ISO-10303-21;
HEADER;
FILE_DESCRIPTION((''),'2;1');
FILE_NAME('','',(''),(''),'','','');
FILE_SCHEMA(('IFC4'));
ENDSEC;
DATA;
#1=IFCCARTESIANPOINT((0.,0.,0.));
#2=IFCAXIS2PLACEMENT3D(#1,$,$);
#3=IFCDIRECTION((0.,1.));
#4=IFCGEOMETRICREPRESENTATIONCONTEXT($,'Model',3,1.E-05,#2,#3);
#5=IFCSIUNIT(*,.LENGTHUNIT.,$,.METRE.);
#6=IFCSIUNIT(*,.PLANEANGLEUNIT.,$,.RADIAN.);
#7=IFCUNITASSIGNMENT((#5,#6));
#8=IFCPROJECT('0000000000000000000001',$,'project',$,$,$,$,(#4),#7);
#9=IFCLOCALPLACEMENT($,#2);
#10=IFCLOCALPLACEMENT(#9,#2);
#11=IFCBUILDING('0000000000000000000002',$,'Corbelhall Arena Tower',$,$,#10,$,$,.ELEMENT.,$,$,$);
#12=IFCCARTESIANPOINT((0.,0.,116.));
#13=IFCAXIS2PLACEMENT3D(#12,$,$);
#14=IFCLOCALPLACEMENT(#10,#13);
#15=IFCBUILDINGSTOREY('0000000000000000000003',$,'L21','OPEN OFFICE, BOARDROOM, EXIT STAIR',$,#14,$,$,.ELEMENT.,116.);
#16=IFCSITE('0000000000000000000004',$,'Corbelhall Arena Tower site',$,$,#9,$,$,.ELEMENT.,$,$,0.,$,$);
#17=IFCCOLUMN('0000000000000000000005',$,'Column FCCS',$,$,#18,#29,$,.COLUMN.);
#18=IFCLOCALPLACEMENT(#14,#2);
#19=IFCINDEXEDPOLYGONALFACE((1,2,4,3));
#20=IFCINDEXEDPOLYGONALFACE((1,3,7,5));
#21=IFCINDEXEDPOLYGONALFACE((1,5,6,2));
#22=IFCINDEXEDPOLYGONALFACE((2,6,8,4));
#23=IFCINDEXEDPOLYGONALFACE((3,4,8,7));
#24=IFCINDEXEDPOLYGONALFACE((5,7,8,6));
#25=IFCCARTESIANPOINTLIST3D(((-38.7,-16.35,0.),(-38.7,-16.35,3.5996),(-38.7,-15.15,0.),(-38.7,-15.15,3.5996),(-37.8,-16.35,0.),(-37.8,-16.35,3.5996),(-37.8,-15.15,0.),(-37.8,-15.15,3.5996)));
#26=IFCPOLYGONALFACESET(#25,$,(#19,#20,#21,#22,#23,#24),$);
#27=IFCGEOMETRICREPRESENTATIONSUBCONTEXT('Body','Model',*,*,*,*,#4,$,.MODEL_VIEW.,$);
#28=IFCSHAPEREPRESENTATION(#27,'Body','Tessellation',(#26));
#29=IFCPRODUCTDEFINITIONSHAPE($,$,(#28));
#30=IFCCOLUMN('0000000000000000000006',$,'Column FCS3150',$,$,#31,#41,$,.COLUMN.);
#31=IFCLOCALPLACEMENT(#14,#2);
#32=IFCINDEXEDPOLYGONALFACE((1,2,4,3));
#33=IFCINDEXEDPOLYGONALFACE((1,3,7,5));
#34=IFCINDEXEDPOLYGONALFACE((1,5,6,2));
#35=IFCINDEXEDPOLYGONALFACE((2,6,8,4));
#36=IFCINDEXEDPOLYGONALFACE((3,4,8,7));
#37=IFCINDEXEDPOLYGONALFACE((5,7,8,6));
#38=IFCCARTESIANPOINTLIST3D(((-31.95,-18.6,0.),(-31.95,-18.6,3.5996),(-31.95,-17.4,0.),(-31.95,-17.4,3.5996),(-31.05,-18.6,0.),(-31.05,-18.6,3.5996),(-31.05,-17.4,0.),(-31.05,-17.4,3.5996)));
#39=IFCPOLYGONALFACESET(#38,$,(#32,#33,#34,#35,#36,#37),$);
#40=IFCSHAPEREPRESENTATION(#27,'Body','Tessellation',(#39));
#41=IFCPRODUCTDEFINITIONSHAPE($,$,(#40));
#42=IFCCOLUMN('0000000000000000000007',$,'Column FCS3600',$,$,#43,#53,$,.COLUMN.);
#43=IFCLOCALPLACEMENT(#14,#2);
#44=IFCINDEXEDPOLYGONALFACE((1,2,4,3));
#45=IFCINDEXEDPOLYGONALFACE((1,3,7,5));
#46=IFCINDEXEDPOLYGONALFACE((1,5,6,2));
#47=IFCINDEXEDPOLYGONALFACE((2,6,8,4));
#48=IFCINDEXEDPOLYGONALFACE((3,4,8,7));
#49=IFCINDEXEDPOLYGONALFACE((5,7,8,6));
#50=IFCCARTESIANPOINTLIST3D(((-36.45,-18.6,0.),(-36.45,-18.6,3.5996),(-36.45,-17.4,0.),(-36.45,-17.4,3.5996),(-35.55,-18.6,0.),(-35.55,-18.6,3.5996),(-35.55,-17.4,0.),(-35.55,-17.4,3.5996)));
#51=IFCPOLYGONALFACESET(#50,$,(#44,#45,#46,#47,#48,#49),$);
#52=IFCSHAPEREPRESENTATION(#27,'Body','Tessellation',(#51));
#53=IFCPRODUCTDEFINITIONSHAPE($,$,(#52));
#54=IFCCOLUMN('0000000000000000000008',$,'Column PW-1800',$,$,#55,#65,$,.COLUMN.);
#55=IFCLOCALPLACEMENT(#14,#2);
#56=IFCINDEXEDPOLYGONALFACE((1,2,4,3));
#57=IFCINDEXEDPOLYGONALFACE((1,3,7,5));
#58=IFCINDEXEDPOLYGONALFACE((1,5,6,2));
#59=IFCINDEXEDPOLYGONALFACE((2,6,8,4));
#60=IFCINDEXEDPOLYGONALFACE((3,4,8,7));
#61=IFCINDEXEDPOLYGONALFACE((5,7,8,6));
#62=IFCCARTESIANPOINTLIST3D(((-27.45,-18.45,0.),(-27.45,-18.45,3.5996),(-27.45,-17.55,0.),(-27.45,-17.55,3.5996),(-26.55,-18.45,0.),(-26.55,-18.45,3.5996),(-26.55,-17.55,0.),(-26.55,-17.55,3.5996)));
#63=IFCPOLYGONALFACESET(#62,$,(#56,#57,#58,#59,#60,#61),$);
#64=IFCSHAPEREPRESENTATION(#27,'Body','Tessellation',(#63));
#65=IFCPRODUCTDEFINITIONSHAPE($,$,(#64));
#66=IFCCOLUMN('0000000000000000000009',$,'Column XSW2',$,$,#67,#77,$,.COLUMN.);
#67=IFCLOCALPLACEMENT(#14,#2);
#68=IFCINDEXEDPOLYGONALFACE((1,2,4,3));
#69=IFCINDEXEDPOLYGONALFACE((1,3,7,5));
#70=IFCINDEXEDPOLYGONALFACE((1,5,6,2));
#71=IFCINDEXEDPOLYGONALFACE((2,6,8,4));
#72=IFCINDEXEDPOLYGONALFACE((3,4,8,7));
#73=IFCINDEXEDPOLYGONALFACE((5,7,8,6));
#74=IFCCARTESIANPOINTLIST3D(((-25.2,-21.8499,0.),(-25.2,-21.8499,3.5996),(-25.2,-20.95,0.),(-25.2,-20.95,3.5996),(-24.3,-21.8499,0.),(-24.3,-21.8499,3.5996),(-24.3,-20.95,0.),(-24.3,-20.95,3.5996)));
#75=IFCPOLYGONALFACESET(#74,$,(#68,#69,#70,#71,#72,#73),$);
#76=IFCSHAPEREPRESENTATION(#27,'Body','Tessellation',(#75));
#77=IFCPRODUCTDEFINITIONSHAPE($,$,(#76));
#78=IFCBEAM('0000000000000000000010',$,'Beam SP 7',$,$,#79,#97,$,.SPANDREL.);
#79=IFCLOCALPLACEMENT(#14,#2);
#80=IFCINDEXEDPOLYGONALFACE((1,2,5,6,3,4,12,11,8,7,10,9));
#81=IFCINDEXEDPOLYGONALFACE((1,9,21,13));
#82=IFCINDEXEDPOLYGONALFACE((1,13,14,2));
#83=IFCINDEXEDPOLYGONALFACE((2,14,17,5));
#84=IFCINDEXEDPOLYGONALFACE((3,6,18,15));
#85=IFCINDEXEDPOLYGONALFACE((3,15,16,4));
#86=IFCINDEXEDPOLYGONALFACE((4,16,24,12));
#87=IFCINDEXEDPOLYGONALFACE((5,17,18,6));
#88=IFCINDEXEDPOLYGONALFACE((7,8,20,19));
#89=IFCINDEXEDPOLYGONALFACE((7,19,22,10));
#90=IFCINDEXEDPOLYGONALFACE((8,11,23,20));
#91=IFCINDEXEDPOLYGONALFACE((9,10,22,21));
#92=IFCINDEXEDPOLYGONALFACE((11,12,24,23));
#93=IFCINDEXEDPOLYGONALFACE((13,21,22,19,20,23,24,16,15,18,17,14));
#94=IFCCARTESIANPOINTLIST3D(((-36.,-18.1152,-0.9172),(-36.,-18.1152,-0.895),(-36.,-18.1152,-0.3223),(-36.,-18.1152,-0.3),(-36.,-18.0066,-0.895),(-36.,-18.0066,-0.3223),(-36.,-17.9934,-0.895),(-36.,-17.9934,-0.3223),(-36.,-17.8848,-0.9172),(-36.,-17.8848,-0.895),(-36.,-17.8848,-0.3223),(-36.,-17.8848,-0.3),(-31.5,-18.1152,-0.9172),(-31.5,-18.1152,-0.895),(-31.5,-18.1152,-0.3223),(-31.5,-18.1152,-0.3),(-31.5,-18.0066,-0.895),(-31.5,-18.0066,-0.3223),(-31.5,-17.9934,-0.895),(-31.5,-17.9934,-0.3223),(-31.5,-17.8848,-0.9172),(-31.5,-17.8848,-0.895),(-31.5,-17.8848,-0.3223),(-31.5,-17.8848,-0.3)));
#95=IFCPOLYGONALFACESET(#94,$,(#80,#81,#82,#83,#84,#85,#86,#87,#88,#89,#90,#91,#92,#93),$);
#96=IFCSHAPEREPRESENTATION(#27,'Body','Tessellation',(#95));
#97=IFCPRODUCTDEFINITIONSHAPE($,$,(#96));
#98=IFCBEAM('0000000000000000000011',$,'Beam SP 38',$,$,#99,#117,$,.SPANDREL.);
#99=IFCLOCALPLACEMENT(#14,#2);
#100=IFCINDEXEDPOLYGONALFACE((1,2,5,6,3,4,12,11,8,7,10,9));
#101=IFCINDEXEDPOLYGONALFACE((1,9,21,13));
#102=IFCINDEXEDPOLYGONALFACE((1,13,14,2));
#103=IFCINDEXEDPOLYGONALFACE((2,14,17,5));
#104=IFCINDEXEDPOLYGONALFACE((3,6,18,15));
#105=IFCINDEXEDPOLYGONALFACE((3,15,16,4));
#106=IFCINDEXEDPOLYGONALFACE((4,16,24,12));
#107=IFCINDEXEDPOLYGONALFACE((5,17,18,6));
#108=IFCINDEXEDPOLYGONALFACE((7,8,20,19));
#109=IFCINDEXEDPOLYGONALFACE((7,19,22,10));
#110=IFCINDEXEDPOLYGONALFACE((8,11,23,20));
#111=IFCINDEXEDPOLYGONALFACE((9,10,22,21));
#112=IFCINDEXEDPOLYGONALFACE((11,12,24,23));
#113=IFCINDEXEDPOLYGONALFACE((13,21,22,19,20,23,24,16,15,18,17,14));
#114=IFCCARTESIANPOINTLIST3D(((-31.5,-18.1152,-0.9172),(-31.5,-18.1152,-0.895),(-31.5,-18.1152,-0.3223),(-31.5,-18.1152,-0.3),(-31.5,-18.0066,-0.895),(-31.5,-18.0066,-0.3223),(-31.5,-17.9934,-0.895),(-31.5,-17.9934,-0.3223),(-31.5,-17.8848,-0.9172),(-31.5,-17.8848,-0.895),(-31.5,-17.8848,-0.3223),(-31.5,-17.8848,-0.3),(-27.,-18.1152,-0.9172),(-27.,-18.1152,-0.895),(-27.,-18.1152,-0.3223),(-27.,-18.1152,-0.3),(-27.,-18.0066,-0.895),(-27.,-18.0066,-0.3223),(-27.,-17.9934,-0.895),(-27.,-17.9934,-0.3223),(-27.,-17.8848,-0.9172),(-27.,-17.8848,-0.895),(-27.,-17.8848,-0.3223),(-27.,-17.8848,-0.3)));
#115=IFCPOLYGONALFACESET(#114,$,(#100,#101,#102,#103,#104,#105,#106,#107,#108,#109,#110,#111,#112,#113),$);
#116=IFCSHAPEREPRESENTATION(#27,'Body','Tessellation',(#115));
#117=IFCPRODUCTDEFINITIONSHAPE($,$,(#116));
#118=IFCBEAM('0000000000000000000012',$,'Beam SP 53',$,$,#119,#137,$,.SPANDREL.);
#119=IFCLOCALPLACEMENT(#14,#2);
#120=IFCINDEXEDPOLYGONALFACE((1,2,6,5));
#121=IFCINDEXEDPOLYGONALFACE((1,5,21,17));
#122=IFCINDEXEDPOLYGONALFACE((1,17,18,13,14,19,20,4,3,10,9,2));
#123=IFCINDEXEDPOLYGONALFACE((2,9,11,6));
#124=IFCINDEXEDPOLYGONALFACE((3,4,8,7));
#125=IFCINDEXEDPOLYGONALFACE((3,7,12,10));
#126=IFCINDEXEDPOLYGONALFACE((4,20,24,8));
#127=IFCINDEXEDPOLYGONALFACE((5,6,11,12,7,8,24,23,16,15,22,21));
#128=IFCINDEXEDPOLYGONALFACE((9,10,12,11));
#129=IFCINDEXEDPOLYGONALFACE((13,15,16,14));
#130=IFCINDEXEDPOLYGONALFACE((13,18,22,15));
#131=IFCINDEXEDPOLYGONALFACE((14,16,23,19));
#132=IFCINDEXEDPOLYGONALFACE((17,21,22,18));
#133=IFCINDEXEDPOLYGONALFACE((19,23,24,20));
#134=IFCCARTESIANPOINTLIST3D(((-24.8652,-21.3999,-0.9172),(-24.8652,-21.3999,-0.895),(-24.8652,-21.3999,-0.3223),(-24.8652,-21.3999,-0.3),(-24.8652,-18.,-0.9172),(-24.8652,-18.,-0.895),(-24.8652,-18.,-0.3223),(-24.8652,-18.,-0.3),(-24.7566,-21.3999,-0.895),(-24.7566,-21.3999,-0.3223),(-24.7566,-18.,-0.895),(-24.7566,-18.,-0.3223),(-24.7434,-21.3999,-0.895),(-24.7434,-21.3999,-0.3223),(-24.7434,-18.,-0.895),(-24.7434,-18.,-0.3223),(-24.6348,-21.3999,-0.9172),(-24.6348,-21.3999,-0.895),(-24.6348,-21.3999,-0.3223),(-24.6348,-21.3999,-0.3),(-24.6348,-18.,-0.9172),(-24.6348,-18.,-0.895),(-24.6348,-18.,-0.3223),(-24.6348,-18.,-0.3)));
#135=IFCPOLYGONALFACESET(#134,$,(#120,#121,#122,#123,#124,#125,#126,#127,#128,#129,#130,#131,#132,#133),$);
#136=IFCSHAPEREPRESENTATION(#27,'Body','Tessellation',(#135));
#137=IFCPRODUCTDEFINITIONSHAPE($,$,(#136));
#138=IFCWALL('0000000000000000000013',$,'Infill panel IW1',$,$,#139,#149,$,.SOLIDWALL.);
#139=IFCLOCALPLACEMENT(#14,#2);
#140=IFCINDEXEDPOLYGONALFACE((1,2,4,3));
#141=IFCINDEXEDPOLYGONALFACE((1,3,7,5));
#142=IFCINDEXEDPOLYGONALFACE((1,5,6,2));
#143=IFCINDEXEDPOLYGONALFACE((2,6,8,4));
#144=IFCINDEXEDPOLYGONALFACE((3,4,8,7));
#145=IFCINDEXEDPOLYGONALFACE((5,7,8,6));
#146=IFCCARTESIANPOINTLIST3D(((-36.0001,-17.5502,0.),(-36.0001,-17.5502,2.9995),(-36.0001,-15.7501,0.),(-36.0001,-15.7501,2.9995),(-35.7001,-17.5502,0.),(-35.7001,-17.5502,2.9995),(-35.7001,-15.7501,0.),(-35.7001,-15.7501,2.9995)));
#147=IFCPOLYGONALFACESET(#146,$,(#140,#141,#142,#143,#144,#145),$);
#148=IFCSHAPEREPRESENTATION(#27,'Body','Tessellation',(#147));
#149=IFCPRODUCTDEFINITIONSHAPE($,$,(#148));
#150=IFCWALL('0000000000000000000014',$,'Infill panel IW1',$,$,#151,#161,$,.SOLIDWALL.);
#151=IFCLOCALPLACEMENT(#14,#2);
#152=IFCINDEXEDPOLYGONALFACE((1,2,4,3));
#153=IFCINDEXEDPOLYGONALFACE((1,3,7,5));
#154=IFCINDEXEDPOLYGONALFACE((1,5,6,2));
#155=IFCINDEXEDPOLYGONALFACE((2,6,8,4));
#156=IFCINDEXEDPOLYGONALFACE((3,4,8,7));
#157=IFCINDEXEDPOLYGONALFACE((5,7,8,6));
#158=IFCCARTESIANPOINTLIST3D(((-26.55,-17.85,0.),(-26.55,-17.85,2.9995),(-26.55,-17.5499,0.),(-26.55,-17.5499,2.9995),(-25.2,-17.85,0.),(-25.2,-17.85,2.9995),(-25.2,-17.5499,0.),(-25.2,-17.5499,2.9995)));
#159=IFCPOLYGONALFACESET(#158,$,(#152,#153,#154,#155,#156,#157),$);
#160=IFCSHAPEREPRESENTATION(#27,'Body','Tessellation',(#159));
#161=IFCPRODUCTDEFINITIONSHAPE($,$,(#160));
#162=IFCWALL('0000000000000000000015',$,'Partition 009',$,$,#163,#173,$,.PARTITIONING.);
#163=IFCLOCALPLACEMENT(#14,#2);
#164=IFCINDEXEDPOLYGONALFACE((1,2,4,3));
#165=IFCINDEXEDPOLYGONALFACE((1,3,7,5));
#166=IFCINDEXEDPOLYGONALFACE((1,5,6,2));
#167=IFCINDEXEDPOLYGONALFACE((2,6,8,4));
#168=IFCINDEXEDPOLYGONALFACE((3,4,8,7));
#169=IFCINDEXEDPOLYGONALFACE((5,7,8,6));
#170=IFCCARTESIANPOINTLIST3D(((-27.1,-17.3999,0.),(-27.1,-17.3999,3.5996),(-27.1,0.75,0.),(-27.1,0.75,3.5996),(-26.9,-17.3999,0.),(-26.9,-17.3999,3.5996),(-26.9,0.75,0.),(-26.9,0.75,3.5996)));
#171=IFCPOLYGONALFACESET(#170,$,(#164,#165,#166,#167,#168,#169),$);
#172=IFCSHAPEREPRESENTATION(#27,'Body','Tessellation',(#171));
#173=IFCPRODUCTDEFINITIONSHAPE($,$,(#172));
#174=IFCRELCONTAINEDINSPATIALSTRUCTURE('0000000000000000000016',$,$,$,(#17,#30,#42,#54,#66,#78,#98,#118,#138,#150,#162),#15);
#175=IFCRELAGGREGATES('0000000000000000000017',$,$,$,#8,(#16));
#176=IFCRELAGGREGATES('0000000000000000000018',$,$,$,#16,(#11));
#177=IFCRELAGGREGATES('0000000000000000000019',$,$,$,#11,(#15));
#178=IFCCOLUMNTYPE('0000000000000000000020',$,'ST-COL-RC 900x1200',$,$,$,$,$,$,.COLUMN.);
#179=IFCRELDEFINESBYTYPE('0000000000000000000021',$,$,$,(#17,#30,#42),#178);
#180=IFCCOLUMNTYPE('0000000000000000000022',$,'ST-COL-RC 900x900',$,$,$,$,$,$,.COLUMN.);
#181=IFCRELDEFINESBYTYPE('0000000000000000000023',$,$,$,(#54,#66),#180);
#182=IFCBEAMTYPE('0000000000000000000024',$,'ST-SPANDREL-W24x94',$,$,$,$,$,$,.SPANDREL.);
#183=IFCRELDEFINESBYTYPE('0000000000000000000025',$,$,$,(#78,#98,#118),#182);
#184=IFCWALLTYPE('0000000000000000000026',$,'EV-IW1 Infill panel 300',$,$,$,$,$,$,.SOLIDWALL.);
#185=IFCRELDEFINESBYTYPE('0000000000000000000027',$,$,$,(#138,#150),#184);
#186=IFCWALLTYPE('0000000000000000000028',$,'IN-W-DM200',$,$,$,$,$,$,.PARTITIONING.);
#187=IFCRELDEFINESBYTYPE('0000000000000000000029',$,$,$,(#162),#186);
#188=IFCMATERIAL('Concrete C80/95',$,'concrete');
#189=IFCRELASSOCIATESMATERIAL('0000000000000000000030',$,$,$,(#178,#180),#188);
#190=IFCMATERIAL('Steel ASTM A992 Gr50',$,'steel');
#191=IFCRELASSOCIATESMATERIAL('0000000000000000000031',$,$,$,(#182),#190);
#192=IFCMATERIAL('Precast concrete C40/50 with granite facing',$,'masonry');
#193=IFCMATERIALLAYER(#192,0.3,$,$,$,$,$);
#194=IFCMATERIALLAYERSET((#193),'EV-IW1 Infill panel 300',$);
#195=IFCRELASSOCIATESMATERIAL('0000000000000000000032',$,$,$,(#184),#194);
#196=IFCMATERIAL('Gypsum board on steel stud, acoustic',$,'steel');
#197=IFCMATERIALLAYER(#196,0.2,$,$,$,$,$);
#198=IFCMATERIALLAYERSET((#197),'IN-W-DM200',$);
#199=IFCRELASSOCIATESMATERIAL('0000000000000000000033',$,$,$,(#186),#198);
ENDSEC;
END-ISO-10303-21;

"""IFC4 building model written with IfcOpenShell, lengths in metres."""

from ifc_helpers import new_model, si_unit, direction, frame, frame_2d, origin, origin_2d, place, context, subcontext, project, spatial, rectangle, i_section, extrude, material, layer, layer_set, material_profile, profile_set, type_object, element, save


model = new_model("IFC4")

# Units and contexts
model_context = context("Model", 3, precision=1e-05, world=origin(), true_north=direction((0.0, 1.0)))
body_context = subcontext(model_context, "Body", "Model", "MODEL_VIEW")
ifc_project = project(units=[si_unit("LENGTHUNIT", "METRE"), si_unit("PLANEANGLEUNIT", "RADIAN")], contexts=[model_context])

# Site, building, storey
site_placement = place(None, origin())
site = spatial("IfcSite", under=ifc_project, at=site_placement, Name="Corbelhall Arena Tower site", CompositionType="ELEMENT", RefElevation=0.0)
building_placement = place(site_placement, origin())
building = spatial("IfcBuilding", under=site, at=building_placement, Name="Corbelhall Arena Tower", CompositionType="ELEMENT")
storey_placement = place(building_placement, frame((0.0, 0.0, 116.0)))
storey = spatial("IfcBuildingStorey", under=building, at=storey_placement, Name="L21", Description="OPEN OFFICE, BOARDROOM, EXIT STAIR", CompositionType="ELEMENT", Elevation=116.0)

# Columns
ifc_material_1 = material(Name="Concrete C80/95", Category="concrete")
ifc_material_profile_1 = material_profile(ifc_material_1, rectangle(XDim=0.8999, YDim=1.2, at=origin_2d()))
ifc_profile_set_1 = profile_set([ifc_material_profile_1], Name="Concrete C80/95")
column_type_1 = type_object("IfcColumnType", Name="ST-COL-RC 900x1200", PredefinedType="COLUMN", material=ifc_profile_set_1)
for number, where, z_axis, x_axis, name in (
    (1, (-38.25, -15.75, 0.0), (0.0, 0.0, 1.0), (1.0, 0.0, 0.0), "Column FCCS"),
    (2, (-31.5, -18.0, 0.0), (0.0, 0.0, 1.0), (1.0, 0.0, 0.0), "Column FCS3150"),
    (3, (-36.0, -18.0, 0.0), (0.0, 0.0, 1.0), (1.0, 0.0, 0.0), "Column FCS3600"),
):
    element("IfcColumn", number, at=place(storey_placement, frame(where, z_axis=z_axis, x_axis=x_axis)), inside=storey, type_object=column_type_1, Name=name, PredefinedType="COLUMN", context=body_context, shape_type="SweptSolid", body=[
        extrude(rectangle(XDim=0.8999, YDim=1.2, at=origin_2d()), origin(), (0.0, 0.0, 1.0), 3.5996),
    ])
ifc_material_profile_2 = material_profile(ifc_material_1, rectangle(XDim=0.8999, YDim=0.8999, at=origin_2d()))
ifc_profile_set_2 = profile_set([ifc_material_profile_2], Name="Concrete C80/95")
column_type_2 = type_object("IfcColumnType", Name="ST-COL-RC 900x900", PredefinedType="COLUMN", material=ifc_profile_set_2)
for number, where, z_axis, x_axis, name in (
    (4, (-27.0, -18.0, 0.0), (0.0, 0.0, 1.0), (1.0, 0.0, 0.0), "Column PW-1800"),
    (5, (-24.75, -21.3999, 0.0), (0.0, 0.0, 1.0), (1.0, 0.0, 0.0), "Column XSW2"),
):
    element("IfcColumn", number, at=place(storey_placement, frame(where, z_axis=z_axis, x_axis=x_axis)), inside=storey, type_object=column_type_2, Name=name, PredefinedType="COLUMN", context=body_context, shape_type="SweptSolid", body=[
        extrude(rectangle(XDim=0.8999, YDim=0.8999, at=origin_2d()), origin(), (0.0, 0.0, 1.0), 3.5996),
    ])

# Beams
ifc_material_2 = material(Name="Steel ASTM A992 Gr50", Category="steel")
ifc_material_profile_3 = material_profile(ifc_material_2, i_section(OverallWidth=0.2305, OverallDepth=0.6172, WebThickness=0.0132, FlangeThickness=0.0222, at=origin_2d()))
ifc_profile_set_3 = profile_set([ifc_material_profile_3], Name="Steel ASTM A992 Gr50")
beam_type = type_object("IfcBeamType", Name="ST-SPANDREL-W24x94", PredefinedType="SPANDREL", material=ifc_profile_set_3)
for number, where, z_axis, x_axis, name in (
    (6, (-31.5, -18.0, -0.6086), (-1.0, 0.0, 0.0), (0.0, -1.0, 0.0), "Beam SP 7"),
    (7, (-27.0, -18.0, -0.6086), (-1.0, 0.0, 0.0), (0.0, -1.0, 0.0), "Beam SP 38"),
):
    element("IfcBeam", number, at=place(storey_placement, frame(where, z_axis=z_axis, x_axis=x_axis)), inside=storey, type_object=beam_type, Name=name, PredefinedType="SPANDREL", context=body_context, shape_type="SweptSolid", body=[
        extrude(i_section(OverallWidth=0.2305, OverallDepth=0.6172, WebThickness=0.0132, FlangeThickness=0.0222, at=origin_2d()), origin(), (0.0, 0.0, 1.0), 4.5),
    ])
beam_placement = place(storey_placement, frame((-24.75, -21.3999, -0.6086), z_axis=(0.0, 1.0, 0.0), x_axis=(-1.0, 0.0, 0.0)))
element("IfcBeam", 8, at=beam_placement, inside=storey, type_object=beam_type, Name="Beam SP 53", PredefinedType="SPANDREL", context=body_context, shape_type="SweptSolid", body=[
    extrude(i_section(OverallWidth=0.2305, OverallDepth=0.6172, WebThickness=0.0132, FlangeThickness=0.0222, at=origin_2d()), origin(), (0.0, 0.0, 1.0), 3.3999),
])

# Wall
ifc_material_3 = material(Name="Precast concrete C40/50 with granite facing", Category="masonry")
ifc_layer_1 = layer(ifc_material_3, 0.3)
ifc_layer_set_1 = layer_set([ifc_layer_1], Name="EV-IW1 Infill panel 300")
wall_type_1 = type_object("IfcWallType", Name="EV-IW1 Infill panel 300", PredefinedType="SOLIDWALL", material=ifc_layer_set_1)
wall_1_placement = place(storey_placement, frame((-35.8501, -17.55, 0.0), z_axis=(0.0, 0.0, 1.0), x_axis=(0.0, 1.0, 0.0)))
element("IfcWall", 9, at=wall_1_placement, inside=storey, type_object=wall_type_1, Name="Infill panel IW1", PredefinedType="SOLIDWALL", context=body_context, shape_type="SweptSolid", body=[
    extrude(rectangle(XDim=1.8, YDim=0.3, at=frame_2d((0.8999, 0.0))), origin(), (0.0, 0.0, 1.0), 2.9995),
])

# Walls
wall_2_placement = place(storey_placement, frame((-26.55, -17.7, 0.0), z_axis=(0.0, 0.0, 1.0), x_axis=(1.0, 0.0, 0.0)))
element("IfcWall", 10, at=wall_2_placement, inside=storey, type_object=wall_type_1, Name="Infill panel IW1", PredefinedType="SOLIDWALL", context=body_context, shape_type="SweptSolid", body=[
    extrude(rectangle(XDim=1.3501, YDim=0.3, at=frame_2d((0.675, 0.0))), origin(), (0.0, 0.0, 1.0), 2.9995),
])
ifc_material_4 = material(Name="Gypsum board on steel stud, acoustic", Category="steel")
ifc_layer_2 = layer(ifc_material_4, 0.2)
ifc_layer_set_2 = layer_set([ifc_layer_2], Name="IN-W-DM200")
wall_type_2 = type_object("IfcWallType", Name="IN-W-DM200", PredefinedType="PARTITIONING", material=ifc_layer_set_2)
wall_3_placement = place(storey_placement, frame((-27.0, -17.3999, 0.0), z_axis=(0.0, 0.0, 1.0), x_axis=(0.0, 1.0, 0.0)))
element("IfcWall", 11, at=wall_3_placement, inside=storey, type_object=wall_type_2, Name="Partition 009", PredefinedType="PARTITIONING", context=body_context, shape_type="SweptSolid", body=[
    extrude(rectangle(XDim=18.1499, YDim=0.2, at=frame_2d((9.075, 0.0))), origin(), (0.0, 0.0, 1.0), 3.5996),
])

save(model, "model.ifc")
